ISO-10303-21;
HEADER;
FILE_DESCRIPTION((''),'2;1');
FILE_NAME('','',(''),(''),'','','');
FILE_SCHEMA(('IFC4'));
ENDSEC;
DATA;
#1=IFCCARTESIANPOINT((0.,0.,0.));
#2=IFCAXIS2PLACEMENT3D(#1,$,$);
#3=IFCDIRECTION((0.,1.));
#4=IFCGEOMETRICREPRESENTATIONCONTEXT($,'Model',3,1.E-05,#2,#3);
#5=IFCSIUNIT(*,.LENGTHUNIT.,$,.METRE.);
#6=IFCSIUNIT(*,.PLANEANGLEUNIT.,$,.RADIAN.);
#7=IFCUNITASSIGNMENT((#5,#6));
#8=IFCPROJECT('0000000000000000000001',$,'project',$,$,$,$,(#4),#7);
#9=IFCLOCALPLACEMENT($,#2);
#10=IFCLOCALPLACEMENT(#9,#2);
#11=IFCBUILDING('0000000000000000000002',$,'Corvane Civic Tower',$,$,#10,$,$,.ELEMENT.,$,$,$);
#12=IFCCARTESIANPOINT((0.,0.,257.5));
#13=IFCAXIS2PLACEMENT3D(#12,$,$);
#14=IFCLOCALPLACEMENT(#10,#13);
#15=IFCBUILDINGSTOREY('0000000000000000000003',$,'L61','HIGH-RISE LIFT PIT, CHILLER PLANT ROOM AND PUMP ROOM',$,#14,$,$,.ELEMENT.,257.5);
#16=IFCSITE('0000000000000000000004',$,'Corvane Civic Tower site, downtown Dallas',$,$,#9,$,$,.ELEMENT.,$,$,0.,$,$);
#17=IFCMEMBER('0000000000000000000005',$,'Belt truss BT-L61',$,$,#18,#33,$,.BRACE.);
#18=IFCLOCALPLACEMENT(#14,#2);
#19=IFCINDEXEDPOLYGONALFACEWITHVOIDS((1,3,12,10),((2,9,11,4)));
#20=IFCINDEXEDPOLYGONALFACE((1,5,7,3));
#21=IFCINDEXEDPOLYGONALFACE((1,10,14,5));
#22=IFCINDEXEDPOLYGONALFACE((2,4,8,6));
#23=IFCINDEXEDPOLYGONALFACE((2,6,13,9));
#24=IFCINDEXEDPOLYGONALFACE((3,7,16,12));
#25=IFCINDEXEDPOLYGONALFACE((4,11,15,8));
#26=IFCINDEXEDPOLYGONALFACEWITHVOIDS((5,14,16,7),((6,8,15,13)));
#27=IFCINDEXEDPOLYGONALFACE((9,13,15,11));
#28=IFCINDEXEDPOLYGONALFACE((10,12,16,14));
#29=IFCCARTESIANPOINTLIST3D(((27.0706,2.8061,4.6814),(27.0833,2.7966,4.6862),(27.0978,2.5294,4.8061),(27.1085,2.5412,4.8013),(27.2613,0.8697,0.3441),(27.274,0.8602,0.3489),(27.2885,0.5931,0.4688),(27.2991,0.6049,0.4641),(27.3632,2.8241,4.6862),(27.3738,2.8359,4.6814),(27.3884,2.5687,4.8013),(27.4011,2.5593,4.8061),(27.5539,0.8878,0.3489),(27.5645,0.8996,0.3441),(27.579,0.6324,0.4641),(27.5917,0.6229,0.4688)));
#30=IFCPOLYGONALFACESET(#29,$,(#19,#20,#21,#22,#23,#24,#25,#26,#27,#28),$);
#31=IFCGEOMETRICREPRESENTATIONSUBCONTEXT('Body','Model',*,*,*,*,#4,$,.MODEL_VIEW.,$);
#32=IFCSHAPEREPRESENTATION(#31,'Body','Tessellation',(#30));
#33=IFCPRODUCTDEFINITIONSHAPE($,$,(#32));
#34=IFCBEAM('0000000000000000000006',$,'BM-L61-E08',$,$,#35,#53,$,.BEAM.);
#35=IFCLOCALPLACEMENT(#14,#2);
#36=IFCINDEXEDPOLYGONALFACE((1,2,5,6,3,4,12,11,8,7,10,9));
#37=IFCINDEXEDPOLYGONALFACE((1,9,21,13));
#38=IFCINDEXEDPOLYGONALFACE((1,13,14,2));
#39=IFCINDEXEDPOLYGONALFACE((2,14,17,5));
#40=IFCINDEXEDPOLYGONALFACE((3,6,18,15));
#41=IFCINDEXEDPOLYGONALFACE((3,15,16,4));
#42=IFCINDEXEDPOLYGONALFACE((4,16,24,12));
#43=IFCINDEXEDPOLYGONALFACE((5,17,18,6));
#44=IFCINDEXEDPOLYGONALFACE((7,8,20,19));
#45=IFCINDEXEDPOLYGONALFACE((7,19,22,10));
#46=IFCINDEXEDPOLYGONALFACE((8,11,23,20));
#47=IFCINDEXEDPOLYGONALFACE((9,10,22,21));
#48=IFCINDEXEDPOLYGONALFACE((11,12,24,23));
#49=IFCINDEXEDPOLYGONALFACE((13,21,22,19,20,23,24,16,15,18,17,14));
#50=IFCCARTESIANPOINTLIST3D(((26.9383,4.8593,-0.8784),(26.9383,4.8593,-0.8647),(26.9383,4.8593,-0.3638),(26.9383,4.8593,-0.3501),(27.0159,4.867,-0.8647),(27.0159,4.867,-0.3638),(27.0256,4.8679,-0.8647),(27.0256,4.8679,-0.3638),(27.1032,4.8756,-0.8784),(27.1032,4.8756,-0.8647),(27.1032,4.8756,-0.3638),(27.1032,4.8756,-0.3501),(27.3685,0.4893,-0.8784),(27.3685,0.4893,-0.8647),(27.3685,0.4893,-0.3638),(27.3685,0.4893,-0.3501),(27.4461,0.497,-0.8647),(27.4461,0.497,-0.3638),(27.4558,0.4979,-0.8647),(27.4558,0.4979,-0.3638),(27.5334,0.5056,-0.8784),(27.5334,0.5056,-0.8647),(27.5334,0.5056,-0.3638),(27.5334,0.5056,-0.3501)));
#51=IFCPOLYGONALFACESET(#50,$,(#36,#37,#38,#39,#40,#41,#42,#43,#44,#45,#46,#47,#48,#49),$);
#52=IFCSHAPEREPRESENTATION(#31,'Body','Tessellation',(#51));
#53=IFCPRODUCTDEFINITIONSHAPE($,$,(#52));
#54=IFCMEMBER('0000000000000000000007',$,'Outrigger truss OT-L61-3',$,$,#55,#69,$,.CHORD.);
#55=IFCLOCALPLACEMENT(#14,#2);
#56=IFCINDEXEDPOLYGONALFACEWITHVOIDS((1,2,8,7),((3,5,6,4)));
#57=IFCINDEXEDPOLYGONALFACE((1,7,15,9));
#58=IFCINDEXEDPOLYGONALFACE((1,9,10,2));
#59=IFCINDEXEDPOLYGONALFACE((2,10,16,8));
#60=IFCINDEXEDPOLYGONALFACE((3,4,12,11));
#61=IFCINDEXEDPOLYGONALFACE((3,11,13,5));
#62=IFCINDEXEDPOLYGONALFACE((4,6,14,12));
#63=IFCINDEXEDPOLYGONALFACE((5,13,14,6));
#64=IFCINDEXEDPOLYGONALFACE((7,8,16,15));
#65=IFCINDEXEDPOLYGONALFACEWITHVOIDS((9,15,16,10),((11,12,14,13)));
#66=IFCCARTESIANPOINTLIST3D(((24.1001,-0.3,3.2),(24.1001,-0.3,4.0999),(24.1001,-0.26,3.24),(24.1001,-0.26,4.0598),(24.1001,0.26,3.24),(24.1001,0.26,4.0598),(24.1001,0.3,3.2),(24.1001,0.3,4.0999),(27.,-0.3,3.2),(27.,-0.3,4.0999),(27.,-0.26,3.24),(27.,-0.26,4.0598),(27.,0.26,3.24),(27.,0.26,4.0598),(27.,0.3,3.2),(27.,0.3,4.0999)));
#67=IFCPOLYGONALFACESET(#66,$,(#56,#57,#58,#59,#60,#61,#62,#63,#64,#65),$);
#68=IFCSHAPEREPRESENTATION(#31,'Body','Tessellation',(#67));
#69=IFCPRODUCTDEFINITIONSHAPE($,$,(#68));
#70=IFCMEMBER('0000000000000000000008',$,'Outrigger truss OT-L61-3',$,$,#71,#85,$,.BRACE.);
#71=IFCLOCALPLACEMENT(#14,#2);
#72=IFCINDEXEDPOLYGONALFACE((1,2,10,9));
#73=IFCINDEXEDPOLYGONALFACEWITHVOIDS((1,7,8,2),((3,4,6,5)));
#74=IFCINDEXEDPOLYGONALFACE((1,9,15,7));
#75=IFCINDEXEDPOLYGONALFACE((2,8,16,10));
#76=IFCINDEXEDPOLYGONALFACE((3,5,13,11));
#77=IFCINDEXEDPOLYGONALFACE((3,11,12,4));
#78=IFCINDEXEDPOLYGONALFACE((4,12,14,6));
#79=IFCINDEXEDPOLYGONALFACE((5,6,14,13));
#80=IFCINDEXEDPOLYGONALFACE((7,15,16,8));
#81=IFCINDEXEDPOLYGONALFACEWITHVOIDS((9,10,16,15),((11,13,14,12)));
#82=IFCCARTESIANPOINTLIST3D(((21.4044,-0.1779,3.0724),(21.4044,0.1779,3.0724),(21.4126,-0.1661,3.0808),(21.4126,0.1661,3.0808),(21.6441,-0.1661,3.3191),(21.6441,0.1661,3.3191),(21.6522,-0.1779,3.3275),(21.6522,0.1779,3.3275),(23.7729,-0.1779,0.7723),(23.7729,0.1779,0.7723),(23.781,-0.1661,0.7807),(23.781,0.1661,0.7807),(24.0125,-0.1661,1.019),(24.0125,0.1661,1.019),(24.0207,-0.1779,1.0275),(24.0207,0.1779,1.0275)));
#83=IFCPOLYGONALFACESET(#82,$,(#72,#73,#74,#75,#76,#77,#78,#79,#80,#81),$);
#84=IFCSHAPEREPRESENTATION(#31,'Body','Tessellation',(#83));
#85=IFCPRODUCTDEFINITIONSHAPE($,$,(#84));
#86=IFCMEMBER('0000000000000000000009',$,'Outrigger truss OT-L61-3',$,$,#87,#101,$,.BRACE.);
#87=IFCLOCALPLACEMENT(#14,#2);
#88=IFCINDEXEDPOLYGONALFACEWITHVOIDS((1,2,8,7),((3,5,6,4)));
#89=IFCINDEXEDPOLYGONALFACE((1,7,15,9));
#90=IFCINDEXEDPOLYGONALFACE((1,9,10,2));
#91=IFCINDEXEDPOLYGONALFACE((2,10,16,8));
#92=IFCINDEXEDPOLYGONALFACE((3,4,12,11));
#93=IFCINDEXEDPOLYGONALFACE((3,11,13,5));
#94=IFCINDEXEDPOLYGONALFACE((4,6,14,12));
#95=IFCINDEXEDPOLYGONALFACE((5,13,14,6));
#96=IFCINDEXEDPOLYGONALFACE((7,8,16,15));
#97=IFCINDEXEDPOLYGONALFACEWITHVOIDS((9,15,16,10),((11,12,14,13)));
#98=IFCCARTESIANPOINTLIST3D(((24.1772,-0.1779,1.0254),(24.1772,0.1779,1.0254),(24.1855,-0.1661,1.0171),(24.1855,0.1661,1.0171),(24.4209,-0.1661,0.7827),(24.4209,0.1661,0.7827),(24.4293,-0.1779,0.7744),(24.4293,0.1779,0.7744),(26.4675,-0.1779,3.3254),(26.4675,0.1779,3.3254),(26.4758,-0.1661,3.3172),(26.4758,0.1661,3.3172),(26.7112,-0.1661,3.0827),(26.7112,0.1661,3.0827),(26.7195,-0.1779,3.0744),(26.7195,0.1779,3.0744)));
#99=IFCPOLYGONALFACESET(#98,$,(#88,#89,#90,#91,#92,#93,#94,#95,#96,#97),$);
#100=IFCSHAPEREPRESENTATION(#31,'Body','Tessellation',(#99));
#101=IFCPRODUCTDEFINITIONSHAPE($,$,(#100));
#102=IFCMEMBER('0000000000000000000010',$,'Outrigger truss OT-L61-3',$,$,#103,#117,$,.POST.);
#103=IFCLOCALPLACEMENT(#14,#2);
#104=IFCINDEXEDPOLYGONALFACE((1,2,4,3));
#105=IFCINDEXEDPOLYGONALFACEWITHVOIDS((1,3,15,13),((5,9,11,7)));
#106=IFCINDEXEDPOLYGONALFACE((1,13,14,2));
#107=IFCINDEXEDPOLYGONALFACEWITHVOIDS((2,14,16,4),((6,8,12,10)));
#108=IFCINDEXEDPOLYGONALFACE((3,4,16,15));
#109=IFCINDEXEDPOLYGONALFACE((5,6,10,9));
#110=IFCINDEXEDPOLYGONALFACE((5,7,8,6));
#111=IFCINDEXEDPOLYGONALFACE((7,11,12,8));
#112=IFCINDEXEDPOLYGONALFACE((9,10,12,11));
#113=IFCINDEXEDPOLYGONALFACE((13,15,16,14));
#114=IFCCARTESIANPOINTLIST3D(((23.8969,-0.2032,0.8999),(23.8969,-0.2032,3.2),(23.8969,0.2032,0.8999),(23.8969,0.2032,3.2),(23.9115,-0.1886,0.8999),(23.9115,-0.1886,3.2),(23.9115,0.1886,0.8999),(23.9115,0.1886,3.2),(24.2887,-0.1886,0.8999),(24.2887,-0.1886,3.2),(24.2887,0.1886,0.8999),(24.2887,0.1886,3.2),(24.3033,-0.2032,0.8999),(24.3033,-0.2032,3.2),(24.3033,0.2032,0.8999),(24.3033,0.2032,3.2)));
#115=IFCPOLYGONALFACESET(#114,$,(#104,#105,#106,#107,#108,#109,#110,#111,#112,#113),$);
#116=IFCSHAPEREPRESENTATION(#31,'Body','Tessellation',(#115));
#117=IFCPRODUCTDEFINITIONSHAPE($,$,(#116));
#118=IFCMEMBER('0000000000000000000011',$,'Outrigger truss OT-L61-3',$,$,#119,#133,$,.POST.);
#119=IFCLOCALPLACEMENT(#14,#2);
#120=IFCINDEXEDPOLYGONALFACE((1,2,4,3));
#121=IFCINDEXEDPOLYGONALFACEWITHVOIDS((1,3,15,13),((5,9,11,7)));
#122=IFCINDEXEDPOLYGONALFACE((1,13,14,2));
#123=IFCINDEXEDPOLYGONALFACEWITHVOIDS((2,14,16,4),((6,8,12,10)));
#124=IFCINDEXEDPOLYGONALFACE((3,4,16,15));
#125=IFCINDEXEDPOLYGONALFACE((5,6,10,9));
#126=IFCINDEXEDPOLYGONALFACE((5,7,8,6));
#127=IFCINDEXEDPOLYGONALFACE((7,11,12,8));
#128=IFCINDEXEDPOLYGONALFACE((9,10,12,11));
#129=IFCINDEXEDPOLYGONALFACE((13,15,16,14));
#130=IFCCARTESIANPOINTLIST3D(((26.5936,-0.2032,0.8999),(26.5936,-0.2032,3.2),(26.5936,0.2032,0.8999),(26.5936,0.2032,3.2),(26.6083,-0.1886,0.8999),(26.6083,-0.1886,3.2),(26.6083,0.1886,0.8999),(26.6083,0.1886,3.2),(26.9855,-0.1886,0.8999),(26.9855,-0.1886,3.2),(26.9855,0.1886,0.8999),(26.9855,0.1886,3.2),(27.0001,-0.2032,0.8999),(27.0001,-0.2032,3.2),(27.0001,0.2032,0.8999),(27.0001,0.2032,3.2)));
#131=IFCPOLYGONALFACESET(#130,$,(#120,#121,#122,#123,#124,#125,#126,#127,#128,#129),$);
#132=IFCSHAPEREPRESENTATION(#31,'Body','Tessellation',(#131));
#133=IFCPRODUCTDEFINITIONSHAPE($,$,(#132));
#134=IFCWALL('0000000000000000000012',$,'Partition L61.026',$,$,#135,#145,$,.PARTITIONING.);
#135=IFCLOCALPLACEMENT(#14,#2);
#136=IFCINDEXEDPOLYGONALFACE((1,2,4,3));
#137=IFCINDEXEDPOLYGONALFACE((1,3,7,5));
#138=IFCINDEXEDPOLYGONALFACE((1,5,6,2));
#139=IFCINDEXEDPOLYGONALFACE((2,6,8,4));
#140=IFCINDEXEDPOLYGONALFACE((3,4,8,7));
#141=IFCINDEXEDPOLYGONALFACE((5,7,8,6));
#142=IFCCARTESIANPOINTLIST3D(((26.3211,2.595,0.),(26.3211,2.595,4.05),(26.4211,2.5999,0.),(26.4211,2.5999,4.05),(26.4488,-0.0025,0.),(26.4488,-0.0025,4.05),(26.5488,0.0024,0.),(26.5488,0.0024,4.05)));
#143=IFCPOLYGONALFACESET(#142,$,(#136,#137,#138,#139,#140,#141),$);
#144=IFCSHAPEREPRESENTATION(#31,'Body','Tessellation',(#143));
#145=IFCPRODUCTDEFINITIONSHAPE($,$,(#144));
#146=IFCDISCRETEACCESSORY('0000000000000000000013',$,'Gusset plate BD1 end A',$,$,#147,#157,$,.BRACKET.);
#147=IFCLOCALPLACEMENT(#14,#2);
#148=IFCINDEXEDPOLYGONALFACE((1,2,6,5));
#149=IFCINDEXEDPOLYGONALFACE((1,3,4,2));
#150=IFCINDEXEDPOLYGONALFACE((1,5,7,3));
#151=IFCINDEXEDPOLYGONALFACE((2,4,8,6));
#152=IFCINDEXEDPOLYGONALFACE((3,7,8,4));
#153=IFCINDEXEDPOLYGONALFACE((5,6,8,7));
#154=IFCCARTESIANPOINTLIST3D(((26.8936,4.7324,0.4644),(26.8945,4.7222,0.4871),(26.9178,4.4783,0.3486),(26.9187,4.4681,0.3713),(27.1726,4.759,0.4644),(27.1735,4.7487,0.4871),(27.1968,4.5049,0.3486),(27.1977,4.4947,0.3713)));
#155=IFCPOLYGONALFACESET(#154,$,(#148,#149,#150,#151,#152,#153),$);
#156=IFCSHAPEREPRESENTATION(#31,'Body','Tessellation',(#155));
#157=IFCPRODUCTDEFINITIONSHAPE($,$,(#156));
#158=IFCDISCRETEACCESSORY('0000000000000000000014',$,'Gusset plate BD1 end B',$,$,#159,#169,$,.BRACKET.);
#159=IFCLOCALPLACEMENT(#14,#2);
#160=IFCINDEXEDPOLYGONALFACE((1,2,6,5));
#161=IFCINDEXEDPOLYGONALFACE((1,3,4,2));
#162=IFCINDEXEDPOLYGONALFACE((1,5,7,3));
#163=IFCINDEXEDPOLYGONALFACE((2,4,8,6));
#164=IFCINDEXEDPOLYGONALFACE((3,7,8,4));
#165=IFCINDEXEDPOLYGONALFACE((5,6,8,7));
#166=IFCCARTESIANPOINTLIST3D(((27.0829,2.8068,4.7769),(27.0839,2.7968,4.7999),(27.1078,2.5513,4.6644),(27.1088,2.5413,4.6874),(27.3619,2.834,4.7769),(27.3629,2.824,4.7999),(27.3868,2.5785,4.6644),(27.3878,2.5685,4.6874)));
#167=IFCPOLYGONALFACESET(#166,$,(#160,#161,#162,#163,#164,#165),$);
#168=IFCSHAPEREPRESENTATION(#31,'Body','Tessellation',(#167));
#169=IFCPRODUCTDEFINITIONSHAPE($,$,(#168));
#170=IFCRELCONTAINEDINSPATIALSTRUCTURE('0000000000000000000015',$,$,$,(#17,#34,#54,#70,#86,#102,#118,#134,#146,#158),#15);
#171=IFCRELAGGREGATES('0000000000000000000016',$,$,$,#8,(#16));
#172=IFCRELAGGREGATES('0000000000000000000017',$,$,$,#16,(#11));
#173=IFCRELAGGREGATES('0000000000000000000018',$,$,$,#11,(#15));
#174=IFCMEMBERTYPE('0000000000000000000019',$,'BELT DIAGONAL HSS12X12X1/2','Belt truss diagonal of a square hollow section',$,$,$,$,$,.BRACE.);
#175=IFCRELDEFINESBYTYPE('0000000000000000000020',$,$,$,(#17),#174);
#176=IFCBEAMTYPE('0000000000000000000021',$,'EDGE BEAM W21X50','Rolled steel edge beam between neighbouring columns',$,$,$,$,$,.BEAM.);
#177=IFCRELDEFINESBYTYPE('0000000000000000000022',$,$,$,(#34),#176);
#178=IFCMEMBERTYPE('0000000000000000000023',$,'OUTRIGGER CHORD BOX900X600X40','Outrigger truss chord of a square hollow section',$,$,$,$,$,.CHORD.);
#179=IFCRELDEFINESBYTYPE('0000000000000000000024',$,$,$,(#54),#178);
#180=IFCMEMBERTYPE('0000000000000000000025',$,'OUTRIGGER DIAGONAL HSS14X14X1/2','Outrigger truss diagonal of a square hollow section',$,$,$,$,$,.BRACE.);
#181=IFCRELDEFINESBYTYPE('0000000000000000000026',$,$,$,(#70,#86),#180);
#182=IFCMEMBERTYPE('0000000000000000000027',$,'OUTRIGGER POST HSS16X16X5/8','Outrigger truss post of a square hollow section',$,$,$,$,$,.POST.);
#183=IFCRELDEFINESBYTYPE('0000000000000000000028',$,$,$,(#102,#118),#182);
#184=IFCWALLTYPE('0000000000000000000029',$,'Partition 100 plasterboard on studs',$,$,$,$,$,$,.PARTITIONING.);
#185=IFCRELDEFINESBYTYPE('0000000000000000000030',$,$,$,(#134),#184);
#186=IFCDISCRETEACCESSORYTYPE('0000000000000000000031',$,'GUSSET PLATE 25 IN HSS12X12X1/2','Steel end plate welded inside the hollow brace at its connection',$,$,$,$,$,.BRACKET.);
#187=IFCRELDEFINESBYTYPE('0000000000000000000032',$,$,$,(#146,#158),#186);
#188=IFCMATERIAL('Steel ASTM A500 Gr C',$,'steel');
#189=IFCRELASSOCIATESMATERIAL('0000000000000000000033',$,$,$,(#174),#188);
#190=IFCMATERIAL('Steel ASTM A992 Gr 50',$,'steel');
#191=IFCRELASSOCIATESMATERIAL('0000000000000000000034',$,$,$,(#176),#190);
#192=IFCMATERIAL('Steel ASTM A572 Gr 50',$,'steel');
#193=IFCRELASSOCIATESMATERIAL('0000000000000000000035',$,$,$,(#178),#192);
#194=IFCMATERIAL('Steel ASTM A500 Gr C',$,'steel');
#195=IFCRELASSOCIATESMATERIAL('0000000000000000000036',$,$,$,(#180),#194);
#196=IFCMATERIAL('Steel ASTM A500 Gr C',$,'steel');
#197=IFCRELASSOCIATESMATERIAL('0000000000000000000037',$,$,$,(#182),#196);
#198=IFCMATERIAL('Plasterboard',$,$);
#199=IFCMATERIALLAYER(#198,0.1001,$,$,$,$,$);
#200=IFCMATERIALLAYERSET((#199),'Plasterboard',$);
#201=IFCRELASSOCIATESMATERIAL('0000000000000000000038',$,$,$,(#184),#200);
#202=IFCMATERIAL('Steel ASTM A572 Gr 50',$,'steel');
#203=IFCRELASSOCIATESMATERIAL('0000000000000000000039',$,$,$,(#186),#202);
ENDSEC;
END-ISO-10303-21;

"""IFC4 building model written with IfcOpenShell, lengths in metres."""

from ifc_helpers import new_model, si_unit, direction, frame, frame_2d, origin, origin_2d, place, context, subcontext, project, spatial, rectangle, hollow_rectangle, i_section, extrude, material, layer, layer_set, material_profile, profile_set, type_object, element, save


model = new_model("IFC4")

# Units and contexts
model_context = context("Model", 3, precision=1e-05, world=origin(), true_north=direction((0.0, 1.0)))
body_context = subcontext(model_context, "Body", "Model", "MODEL_VIEW")
ifc_project = project(units=[si_unit("LENGTHUNIT", "METRE"), si_unit("PLANEANGLEUNIT", "RADIAN")], contexts=[model_context])

# Site, building, storey
site_placement = place(None, origin())
site = spatial("IfcSite", under=ifc_project, at=site_placement, Name="Corvane Civic Tower site, downtown Dallas", CompositionType="ELEMENT", RefElevation=0.0)
building_placement = place(site_placement, origin())
building = spatial("IfcBuilding", under=site, at=building_placement, Name="Corvane Civic Tower", CompositionType="ELEMENT")
storey_placement = place(building_placement, frame((0.0, 0.0, 257.5)))
storey = spatial("IfcBuildingStorey", under=building, at=storey_placement, Name="L61", Description="HIGH-RISE LIFT PIT, CHILLER PLANT ROOM AND PUMP ROOM", CompositionType="ELEMENT", Elevation=257.5)

# Member
ifc_material_1 = material(Name="Steel ASTM A500 Gr C", Category="steel")
ifc_material_profile_1 = material_profile(ifc_material_1, hollow_rectangle(XDim=0.3047, YDim=0.3047, WallThickness=0.0117, at=origin_2d()), Name="HSS12X12X1/2")
ifc_profile_set_1 = profile_set([ifc_material_profile_1], Name="Steel ASTM A500 Gr C")
member_type_1 = type_object("IfcMemberType", Name="BELT DIAGONAL HSS12X12X1/2", Description="Belt truss diagonal of a square hollow section", PredefinedType="BRACE", material=ifc_profile_set_1)
member_1_placement = place(storey_placement, frame((27.4265, 0.7463, 0.4065), z_axis=(-0.040112, 0.407331, 0.912399), x_axis=(-0.995186, -0.098, 0.0)))
element("IfcMember", 1, at=member_1_placement, inside=storey, type_object=member_type_1, Name="Belt truss BT-L61", PredefinedType="BRACE", context=body_context, shape_type="SweptSolid", body=[
    extrude(hollow_rectangle(XDim=0.3047, YDim=0.3047, WallThickness=0.0117, at=origin_2d()), origin(), (0.0, 0.0, 1.0), 4.7537),
])

# Beam
ifc_material_2 = material(Name="Steel ASTM A992 Gr 50", Category="steel")
ifc_material_profile_2 = material_profile(ifc_material_2, i_section(OverallWidth=0.1658, OverallDepth=0.5283, WebThickness=0.0098, FlangeThickness=0.0137, at=origin_2d()), Name="W21X50")
ifc_profile_set_2 = profile_set([ifc_material_profile_2], Name="Steel ASTM A992 Gr 50")
beam_type = type_object("IfcBeamType", Name="EDGE BEAM W21X50", Description="Rolled steel edge beam between neighbouring columns", PredefinedType="BEAM", material=ifc_profile_set_2)
beam_placement = place(storey_placement, frame((27.0208, 4.8674, -0.6143), z_axis=(0.097968, -0.99519, 0.0), x_axis=(0.99519, 0.097968, 0.0)))
element("IfcBeam", 2, at=beam_placement, inside=storey, type_object=beam_type, Name="BM-L61-E08", PredefinedType="BEAM", context=body_context, shape_type="SweptSolid", body=[
    extrude(i_section(OverallWidth=0.1658, OverallDepth=0.5283, WebThickness=0.0098, FlangeThickness=0.0137, at=origin_2d()), origin(), (0.0, 0.0, 1.0), 4.3911),
])

# Members
ifc_material_3 = material(Name="Steel ASTM A572 Gr 50", Category="steel")
ifc_material_profile_3 = material_profile(ifc_material_3, hollow_rectangle(XDim=0.6001, YDim=0.8999, WallThickness=0.04, at=origin_2d()), Name="BOX900X600X40")
ifc_profile_set_3 = profile_set([ifc_material_profile_3], Name="Steel ASTM A572 Gr 50")
member_type_2 = type_object("IfcMemberType", Name="OUTRIGGER CHORD BOX900X600X40", Description="Outrigger truss chord of a square hollow section", PredefinedType="CHORD", material=ifc_profile_set_3)
member_2_placement = place(storey_placement, frame((24.1001, 0.0, 3.6499), z_axis=(1.0, 0.0, 0.0), x_axis=(0.0, 1.0, 0.0)))
element("IfcMember", 3, at=member_2_placement, inside=storey, type_object=member_type_2, Name="Outrigger truss OT-L61-3", PredefinedType="CHORD", context=body_context, shape_type="SweptSolid", body=[
    extrude(hollow_rectangle(XDim=0.6001, YDim=0.8999, WallThickness=0.04, at=origin_2d()), origin(), (0.0, 0.0, 1.0), 2.8999),
])
ifc_material_4 = material(Name="Steel ASTM A500 Gr C", Category="steel")
ifc_material_profile_4 = material_profile(ifc_material_4, hollow_rectangle(XDim=0.3557, YDim=0.3557, WallThickness=0.0117, at=origin_2d()), Name="HSS14X14X1/2")
ifc_profile_set_4 = profile_set([ifc_material_profile_4], Name="Steel ASTM A500 Gr C")
member_type_3 = type_object("IfcMemberType", Name="OUTRIGGER DIAGONAL HSS14X14X1/2", Description="Outrigger truss diagonal of a square hollow section", PredefinedType="BRACE", material=ifc_profile_set_4)
member_3_placement = place(storey_placement, frame((21.5283, 0.0, 3.2), z_axis=(0.717384, 0.0, -0.696678), x_axis=(0.0, 1.0, 0.0)))
element("IfcMember", 4, at=member_3_placement, inside=storey, type_object=member_type_3, Name="Outrigger truss OT-L61-3", PredefinedType="BRACE", context=body_context, shape_type="SweptSolid", body=[
    extrude(hollow_rectangle(XDim=0.3557, YDim=0.3557, WallThickness=0.0117, at=origin_2d()), origin(), (0.0, 0.0, 1.0), 3.3015),
])
member_4_placement = place(storey_placement, frame((24.3032, 0.0, 0.8999), z_axis=(0.705601, 0.0, 0.70861), x_axis=(0.0, 1.0, 0.0)))
element("IfcMember", 5, at=member_4_placement, inside=storey, type_object=member_type_3, Name="Outrigger truss OT-L61-3", PredefinedType="BRACE", context=body_context, shape_type="SweptSolid", body=[
    extrude(hollow_rectangle(XDim=0.3557, YDim=0.3557, WallThickness=0.0117, at=origin_2d()), origin(), (0.0, 0.0, 1.0), 3.2458),
])
ifc_material_5 = material(Name="Steel ASTM A500 Gr C", Category="steel")
ifc_material_profile_5 = material_profile(ifc_material_5, hollow_rectangle(XDim=0.4065, YDim=0.4065, WallThickness=0.0146, at=origin_2d()), Name="HSS16X16X5/8")
ifc_profile_set_5 = profile_set([ifc_material_profile_5], Name="Steel ASTM A500 Gr C")
member_type_4 = type_object("IfcMemberType", Name="OUTRIGGER POST HSS16X16X5/8", Description="Outrigger truss post of a square hollow section", PredefinedType="POST", material=ifc_profile_set_5)
for number, where, z_axis, x_axis, name in (
    (6, (24.1001, 0.0, 0.8999), (0.0, 0.0, 1.0), (1.0, 0.0, 0.0), "Outrigger truss OT-L61-3"),
    (7, (26.7969, 0.0, 0.8999), (0.0, 0.0, 1.0), (1.0, 0.0, 0.0), "Outrigger truss OT-L61-3"),
):
    element("IfcMember", number, at=place(storey_placement, frame(where, z_axis=z_axis, x_axis=x_axis)), inside=storey, type_object=member_type_4, Name=name, PredefinedType="POST", context=body_context, shape_type="SweptSolid", body=[
        extrude(hollow_rectangle(XDim=0.4065, YDim=0.4065, WallThickness=0.0146, at=origin_2d()), origin(), (0.0, 0.0, 1.0), 2.3),
    ])

# Wall
ifc_material_6 = material(Name="Plasterboard")
ifc_layer = layer(ifc_material_6, 0.1001)
ifc_layer_set = layer_set([ifc_layer], Name="Plasterboard")
wall_type = type_object("IfcWallType", Name="Partition 100 plasterboard on studs", PredefinedType="PARTITIONING", material=ifc_layer_set)
wall_placement = place(storey_placement, frame((26.3711, 2.5974, 0.0), z_axis=(0.0, 0.0, 1.0), x_axis=(0.049099, -0.998794, 0.0)))
element("IfcWall", 8, at=wall_placement, inside=storey, type_object=wall_type, Name="Partition L61.026", PredefinedType="PARTITIONING", context=body_context, shape_type="SweptSolid", body=[
    extrude(rectangle(XDim=2.6006, YDim=0.1001, at=frame_2d((1.3003, 0.0))), origin(), (0.0, 0.0, 1.0), 4.05),
])

# Discrete accessories
ifc_material_7 = material(Name="Steel ASTM A572 Gr 50", Category="steel")
ifc_material_profile_6 = material_profile(ifc_material_7, rectangle(XDim=0.2803, YDim=0.2803, at=origin_2d()), Name="GUSSET PLATE 25 IN HSS12X12X1/2")
ifc_profile_set_6 = profile_set([ifc_material_profile_6], Name="Steel ASTM A572 Gr 50")
discrete_accessory_type_1 = type_object("IfcDiscreteAccessoryType", Name="GUSSET PLATE 25 IN HSS12X12X1/2", Description="Steel end plate welded inside the hollow brace at its connection", PredefinedType="BRACKET", material=ifc_profile_set_6)
discrete_accessory_1_placement = place(storey_placement, frame((27.0452, 4.6187, 0.4065), z_axis=(0.039169, -0.411271, 0.910671), x_axis=(0.995495, 0.094809, 0.0)))
element("IfcDiscreteAccessory", 9, at=discrete_accessory_1_placement, inside=storey, type_object=discrete_accessory_type_1, Name="Gusset plate BD1 end A", PredefinedType="BRACKET", context=body_context, shape_type="SweptSolid", body=[
    extrude(rectangle(XDim=0.2803, YDim=0.2803, at=origin_2d()), origin(), (0.0, 0.0, 1.0), 0.0249),
])
discrete_accessory_2_placement = place(storey_placement, frame((27.2358, 2.6826, 4.7437), z_axis=(-0.038975, 0.399492, -0.915908), x_axis=(-0.995275, -0.0971, 0.0)))
element("IfcDiscreteAccessory", 10, at=discrete_accessory_2_placement, inside=storey, type_object=discrete_accessory_type_1, Name="Gusset plate BD1 end B", PredefinedType="BRACKET", context=body_context, shape_type="SweptSolid", body=[
    extrude(rectangle(XDim=0.2803, YDim=0.2803, at=origin_2d()), origin(), (0.0, 0.0, 1.0), 0.0251),
])

save(model, "model.ifc")
